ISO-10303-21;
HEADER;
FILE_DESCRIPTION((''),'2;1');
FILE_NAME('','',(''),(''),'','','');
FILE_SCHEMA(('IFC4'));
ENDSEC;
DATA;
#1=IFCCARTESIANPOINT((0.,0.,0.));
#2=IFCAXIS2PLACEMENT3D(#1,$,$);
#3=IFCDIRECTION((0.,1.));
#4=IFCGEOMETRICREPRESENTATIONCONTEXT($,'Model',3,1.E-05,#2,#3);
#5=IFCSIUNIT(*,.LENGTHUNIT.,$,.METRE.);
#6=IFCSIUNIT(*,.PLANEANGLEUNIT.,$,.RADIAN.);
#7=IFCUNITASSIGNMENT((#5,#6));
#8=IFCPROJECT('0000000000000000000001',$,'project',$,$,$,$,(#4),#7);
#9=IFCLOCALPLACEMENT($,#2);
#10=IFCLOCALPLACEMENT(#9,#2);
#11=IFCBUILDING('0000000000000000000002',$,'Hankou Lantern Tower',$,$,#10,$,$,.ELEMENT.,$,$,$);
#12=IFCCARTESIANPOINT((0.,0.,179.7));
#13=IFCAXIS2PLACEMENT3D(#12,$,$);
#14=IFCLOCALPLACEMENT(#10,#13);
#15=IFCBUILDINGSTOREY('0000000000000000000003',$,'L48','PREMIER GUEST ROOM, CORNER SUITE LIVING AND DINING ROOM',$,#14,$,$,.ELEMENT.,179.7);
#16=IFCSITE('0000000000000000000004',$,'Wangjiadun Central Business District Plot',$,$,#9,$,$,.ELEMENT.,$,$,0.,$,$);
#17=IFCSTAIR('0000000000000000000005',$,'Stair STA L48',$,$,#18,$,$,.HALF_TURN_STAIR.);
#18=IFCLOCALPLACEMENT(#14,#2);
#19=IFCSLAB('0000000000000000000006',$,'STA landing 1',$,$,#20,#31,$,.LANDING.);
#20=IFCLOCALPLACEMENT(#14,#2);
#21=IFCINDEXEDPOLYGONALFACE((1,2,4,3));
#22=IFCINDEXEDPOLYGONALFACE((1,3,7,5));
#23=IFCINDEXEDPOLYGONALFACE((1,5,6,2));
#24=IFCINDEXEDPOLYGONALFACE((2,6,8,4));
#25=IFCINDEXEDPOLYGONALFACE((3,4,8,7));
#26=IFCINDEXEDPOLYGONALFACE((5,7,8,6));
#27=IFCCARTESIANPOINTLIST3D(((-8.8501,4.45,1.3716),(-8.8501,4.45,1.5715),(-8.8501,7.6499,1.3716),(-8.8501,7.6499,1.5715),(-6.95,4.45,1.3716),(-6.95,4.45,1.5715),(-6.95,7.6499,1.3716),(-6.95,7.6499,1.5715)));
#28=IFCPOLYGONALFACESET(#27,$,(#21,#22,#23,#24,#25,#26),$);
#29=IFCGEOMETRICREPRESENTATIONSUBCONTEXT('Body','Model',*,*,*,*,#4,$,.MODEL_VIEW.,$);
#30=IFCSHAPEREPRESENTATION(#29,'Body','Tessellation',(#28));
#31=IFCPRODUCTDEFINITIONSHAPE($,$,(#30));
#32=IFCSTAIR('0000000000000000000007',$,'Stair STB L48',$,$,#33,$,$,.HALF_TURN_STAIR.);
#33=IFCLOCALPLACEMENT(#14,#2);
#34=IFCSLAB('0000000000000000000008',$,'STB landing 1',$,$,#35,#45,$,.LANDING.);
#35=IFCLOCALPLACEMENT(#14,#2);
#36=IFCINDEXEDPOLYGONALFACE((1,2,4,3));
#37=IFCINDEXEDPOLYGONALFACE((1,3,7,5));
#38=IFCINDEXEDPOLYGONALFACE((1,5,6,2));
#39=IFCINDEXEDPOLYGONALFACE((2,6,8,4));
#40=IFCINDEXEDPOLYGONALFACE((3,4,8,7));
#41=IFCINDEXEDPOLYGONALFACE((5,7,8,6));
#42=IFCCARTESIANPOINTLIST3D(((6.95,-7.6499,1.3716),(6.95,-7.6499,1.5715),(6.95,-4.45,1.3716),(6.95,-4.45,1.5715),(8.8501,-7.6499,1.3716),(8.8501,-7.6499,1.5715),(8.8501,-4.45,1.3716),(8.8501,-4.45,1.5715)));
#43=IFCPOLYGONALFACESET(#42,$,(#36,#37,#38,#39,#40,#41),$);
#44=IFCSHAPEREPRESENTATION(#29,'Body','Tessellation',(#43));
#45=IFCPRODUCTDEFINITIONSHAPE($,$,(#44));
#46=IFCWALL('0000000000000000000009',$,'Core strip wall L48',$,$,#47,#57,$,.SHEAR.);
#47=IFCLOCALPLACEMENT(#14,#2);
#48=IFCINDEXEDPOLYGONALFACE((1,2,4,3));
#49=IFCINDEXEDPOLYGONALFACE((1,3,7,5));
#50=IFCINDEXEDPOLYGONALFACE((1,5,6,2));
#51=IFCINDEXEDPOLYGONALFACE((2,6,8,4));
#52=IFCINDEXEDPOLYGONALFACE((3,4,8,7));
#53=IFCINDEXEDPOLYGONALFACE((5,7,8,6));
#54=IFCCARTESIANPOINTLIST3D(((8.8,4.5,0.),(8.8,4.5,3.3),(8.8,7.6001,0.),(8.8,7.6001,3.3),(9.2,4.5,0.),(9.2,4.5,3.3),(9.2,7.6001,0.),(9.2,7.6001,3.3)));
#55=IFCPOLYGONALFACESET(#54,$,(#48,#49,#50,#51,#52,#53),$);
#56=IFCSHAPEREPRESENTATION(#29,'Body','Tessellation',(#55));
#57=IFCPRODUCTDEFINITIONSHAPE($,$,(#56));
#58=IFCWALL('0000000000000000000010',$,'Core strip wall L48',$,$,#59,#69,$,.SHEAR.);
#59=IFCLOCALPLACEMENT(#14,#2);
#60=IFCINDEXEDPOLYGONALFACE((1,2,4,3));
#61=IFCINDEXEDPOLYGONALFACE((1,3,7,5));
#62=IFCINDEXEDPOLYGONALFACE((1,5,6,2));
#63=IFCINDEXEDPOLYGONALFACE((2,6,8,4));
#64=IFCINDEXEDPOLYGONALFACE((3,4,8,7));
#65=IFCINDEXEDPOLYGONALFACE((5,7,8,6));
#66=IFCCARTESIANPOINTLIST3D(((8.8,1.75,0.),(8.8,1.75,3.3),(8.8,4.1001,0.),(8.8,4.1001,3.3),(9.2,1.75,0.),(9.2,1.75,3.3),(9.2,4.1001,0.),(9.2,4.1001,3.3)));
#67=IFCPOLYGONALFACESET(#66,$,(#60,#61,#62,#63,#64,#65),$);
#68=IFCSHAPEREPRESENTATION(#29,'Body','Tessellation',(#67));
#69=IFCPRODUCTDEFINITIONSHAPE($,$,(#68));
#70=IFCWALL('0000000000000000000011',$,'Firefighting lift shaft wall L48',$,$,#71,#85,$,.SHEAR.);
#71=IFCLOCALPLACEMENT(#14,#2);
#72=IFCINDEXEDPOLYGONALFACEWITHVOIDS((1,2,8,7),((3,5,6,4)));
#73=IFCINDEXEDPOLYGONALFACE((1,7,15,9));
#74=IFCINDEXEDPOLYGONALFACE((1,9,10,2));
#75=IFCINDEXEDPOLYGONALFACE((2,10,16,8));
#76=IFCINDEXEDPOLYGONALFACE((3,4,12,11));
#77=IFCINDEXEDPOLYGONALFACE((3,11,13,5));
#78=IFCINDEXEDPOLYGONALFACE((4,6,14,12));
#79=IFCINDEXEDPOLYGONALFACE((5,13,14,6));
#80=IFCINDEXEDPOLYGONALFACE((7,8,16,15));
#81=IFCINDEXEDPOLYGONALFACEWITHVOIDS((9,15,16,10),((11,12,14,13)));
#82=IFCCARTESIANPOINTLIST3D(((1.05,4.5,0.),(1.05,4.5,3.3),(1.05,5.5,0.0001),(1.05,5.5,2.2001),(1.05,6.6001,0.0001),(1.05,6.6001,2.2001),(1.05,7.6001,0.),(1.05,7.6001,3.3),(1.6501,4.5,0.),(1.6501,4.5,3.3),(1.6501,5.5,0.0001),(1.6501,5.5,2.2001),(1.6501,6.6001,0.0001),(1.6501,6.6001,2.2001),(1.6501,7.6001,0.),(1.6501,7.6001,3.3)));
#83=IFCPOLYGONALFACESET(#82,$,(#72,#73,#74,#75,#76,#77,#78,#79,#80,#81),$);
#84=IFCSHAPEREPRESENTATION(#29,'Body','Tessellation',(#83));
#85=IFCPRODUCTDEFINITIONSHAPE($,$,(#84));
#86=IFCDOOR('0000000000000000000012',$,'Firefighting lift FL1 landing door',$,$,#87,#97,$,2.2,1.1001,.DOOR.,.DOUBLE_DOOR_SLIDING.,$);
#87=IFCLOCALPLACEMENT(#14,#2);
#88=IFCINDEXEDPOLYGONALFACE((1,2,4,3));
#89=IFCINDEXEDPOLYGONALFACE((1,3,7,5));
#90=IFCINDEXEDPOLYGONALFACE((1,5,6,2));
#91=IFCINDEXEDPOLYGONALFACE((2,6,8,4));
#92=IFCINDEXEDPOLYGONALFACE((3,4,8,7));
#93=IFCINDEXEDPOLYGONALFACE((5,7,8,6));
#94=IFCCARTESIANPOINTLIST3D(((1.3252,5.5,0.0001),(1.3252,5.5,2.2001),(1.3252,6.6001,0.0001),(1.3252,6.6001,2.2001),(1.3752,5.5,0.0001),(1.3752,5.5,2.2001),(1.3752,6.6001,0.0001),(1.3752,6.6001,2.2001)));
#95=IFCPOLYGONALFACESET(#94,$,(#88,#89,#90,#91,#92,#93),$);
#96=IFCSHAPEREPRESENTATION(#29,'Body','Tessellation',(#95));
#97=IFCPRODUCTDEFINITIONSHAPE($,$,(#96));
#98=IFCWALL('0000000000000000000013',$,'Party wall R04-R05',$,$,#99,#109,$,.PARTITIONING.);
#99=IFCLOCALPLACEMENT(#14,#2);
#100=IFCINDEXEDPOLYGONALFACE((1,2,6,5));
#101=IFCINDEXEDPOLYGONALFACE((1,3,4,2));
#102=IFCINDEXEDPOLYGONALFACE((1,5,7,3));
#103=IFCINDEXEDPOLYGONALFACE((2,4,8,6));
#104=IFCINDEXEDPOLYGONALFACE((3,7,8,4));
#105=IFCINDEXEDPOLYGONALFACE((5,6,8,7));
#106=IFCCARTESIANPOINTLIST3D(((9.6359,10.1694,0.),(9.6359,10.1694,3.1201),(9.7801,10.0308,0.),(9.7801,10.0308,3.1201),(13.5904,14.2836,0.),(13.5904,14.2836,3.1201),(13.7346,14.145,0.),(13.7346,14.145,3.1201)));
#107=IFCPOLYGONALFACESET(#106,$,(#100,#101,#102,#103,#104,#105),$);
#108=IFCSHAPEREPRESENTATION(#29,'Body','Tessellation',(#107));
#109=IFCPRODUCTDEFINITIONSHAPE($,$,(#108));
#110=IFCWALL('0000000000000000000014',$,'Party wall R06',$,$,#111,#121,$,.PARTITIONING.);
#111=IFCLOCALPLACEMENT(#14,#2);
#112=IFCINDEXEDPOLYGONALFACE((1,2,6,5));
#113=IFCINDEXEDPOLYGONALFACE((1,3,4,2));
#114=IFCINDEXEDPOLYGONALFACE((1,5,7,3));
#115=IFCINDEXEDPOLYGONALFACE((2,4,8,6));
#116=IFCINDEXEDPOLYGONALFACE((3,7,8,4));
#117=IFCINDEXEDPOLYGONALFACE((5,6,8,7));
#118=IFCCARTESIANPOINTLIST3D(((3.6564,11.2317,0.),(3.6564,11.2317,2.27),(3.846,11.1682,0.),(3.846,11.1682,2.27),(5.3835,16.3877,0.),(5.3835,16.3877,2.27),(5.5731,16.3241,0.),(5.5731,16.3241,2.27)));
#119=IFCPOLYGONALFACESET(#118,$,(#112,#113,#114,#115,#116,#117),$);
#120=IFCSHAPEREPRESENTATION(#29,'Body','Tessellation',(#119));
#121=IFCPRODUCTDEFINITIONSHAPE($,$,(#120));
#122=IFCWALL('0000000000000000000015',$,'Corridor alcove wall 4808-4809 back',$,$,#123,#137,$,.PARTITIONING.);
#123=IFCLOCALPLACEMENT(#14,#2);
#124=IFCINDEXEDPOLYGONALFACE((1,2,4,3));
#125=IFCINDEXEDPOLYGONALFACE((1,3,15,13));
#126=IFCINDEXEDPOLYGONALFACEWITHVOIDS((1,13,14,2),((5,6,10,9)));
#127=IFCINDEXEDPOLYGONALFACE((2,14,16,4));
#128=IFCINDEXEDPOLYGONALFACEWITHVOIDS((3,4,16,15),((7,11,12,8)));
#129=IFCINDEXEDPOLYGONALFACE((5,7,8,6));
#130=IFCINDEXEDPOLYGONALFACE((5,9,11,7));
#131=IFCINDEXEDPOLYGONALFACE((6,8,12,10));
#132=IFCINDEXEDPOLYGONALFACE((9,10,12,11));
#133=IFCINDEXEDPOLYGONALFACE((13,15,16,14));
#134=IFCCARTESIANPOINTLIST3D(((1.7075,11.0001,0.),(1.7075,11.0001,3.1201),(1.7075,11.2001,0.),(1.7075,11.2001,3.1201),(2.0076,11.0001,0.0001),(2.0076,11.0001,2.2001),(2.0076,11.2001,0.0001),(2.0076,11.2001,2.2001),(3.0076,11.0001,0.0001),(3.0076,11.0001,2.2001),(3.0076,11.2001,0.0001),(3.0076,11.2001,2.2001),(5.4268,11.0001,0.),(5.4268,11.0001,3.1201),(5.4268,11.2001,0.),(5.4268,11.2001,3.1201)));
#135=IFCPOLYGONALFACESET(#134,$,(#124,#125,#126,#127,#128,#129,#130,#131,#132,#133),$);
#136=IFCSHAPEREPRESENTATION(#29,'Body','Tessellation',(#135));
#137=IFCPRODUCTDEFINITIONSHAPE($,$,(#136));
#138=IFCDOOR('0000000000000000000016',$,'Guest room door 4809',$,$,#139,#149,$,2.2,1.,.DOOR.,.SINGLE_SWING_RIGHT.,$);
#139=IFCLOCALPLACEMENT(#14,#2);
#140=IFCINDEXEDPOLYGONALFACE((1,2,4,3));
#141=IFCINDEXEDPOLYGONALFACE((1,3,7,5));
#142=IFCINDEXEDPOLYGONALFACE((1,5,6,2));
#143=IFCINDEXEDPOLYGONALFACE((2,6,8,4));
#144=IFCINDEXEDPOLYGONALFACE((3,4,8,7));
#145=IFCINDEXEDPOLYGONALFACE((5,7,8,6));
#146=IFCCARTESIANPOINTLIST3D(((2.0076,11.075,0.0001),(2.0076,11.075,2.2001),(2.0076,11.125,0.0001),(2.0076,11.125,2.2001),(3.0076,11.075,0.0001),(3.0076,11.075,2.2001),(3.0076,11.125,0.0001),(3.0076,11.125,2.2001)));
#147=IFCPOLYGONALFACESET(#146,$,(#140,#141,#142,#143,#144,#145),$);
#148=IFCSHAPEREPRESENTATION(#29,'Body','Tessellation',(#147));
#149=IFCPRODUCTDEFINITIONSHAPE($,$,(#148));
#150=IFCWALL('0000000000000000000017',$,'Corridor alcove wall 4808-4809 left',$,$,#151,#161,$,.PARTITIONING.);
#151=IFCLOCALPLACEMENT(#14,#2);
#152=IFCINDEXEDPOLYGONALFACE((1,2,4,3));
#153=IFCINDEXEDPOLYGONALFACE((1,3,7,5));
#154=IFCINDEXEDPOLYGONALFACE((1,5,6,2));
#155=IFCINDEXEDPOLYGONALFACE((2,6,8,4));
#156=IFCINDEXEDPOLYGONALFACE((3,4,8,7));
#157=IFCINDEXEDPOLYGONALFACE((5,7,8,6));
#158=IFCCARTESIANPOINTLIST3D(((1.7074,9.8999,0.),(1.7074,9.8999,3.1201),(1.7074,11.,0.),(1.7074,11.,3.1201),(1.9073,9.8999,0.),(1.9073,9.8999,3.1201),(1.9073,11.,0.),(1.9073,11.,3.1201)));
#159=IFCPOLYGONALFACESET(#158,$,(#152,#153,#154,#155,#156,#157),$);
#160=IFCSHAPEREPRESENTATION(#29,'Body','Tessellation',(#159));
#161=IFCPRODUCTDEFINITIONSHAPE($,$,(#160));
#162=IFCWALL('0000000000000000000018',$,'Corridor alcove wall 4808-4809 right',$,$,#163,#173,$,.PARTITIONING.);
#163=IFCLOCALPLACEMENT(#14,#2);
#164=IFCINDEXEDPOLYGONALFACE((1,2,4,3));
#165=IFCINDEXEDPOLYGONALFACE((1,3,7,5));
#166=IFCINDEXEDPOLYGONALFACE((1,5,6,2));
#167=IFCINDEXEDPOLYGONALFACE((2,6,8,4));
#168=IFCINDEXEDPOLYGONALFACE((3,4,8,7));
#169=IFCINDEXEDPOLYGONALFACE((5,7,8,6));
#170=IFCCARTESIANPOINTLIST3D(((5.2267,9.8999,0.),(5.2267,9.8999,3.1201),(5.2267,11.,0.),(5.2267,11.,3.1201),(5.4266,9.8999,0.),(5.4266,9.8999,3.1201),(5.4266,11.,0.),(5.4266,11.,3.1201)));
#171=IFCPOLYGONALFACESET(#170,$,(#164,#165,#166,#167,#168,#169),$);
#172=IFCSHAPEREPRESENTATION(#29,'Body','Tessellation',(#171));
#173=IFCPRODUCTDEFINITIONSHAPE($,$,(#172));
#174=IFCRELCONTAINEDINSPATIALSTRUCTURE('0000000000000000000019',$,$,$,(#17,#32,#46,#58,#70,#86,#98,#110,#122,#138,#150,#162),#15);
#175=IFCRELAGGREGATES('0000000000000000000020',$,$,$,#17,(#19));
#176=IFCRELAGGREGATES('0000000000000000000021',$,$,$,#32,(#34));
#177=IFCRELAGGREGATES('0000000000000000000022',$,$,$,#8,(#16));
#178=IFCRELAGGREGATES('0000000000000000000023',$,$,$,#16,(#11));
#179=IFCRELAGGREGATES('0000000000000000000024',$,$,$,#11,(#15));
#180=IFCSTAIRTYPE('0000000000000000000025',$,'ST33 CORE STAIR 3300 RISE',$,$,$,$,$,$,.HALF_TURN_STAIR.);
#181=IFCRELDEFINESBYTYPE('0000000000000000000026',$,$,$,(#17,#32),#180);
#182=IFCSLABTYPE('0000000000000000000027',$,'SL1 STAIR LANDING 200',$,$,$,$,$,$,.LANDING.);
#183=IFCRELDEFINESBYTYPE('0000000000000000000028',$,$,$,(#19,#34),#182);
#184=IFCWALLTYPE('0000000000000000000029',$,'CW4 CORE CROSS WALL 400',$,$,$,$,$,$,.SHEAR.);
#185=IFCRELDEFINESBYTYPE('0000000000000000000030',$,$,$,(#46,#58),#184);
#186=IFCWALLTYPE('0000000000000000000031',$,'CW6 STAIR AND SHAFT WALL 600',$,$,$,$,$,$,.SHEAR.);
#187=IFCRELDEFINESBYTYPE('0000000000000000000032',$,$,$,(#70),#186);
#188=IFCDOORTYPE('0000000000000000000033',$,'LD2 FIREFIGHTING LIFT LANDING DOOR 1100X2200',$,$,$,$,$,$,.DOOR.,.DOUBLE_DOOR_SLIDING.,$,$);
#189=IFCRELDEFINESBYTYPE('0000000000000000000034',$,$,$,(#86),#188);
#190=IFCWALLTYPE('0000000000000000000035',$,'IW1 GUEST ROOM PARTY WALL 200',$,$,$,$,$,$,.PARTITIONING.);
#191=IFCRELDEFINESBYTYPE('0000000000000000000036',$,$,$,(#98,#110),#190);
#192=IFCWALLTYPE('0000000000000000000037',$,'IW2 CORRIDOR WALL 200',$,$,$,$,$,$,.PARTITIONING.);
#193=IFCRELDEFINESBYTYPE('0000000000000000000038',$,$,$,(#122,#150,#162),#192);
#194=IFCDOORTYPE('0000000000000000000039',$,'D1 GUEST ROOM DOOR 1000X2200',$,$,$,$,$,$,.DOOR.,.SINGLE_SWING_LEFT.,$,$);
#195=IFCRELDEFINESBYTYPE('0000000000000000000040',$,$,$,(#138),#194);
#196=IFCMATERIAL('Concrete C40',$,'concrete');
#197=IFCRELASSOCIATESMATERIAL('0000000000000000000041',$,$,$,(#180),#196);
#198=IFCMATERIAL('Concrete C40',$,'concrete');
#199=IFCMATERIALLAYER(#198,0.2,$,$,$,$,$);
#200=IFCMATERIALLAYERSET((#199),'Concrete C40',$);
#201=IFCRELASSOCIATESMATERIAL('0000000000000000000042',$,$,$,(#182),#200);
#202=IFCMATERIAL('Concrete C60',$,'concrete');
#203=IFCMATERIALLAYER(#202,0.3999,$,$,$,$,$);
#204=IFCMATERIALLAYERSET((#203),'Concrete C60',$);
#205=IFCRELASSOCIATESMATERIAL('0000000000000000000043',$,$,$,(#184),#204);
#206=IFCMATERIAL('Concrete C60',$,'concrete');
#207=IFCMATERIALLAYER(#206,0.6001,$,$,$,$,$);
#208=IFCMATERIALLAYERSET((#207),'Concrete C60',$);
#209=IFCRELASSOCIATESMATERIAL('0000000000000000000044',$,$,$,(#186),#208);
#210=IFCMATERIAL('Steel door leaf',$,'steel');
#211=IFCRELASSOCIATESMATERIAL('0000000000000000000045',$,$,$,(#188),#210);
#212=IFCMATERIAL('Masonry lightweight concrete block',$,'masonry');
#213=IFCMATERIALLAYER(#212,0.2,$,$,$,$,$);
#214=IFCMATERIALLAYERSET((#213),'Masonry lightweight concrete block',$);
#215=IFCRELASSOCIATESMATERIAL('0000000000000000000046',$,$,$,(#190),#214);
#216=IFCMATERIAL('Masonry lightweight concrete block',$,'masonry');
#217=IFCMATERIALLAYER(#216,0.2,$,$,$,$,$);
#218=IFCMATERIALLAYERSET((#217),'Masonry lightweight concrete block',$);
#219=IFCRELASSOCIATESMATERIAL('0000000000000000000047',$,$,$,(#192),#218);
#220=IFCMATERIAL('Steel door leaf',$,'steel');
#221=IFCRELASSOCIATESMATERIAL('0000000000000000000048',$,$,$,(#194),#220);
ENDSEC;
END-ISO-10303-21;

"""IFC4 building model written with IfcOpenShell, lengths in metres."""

from ifc_helpers import new_model, si_unit, direction, frame, frame_2d, origin, place, context, subcontext, project, spatial, polyline, rectangle, outline, extrude, material, layer, layer_set, type_object, element, fill, aggregate, save


model = new_model("IFC4")

# Units and contexts
model_context = context("Model", 3, precision=1e-05, world=origin(), true_north=direction((0.0, 1.0)))
body_context = subcontext(model_context, "Body", "Model", "MODEL_VIEW")
ifc_project = project(units=[si_unit("LENGTHUNIT", "METRE"), si_unit("PLANEANGLEUNIT", "RADIAN")], contexts=[model_context])

# Site, building, storey
site_placement = place(None, origin())
site = spatial("IfcSite", under=ifc_project, at=site_placement, Name="Wangjiadun Central Business District Plot", CompositionType="ELEMENT", RefElevation=0.0)
building_placement = place(site_placement, origin())
building = spatial("IfcBuilding", under=site, at=building_placement, Name="Hankou Lantern Tower", CompositionType="ELEMENT")
storey_placement = place(building_placement, frame((0.0, 0.0, 179.7)))
storey = spatial("IfcBuildingStorey", under=building, at=storey_placement, Name="L48", Description="PREMIER GUEST ROOM, CORNER SUITE LIVING AND DINING ROOM", CompositionType="ELEMENT", Elevation=179.7)

# Stairs, slabs
ifc_material_1 = material(Name="Concrete C40", Category="concrete")
stair_type = type_object("IfcStairType", Name="ST33 CORE STAIR 3300 RISE", PredefinedType="HALF_TURN_STAIR", material=ifc_material_1)
stair_1_placement = place(storey_placement, origin())
stair_1 = element("IfcStair", 1, at=stair_1_placement, inside=storey, type_object=stair_type, Name="Stair STA L48", PredefinedType="HALF_TURN_STAIR")
ifc_material_2 = material(Name="Concrete C40", Category="concrete")
ifc_layer_1 = layer(ifc_material_2, 0.2)
ifc_layer_set_1 = layer_set([ifc_layer_1], Name="Concrete C40")
slab_type = type_object("IfcSlabType", Name="SL1 STAIR LANDING 200", PredefinedType="LANDING", material=ifc_layer_set_1)
slab_1_placement = place(storey_placement, frame((0.0, 0.0, 1.3716)))
slab_1 = element("IfcSlab", 2, at=slab_1_placement, type_object=slab_type, Name="STA landing 1", PredefinedType="LANDING", context=body_context, shape_type="SweptSolid", body=[
    extrude(outline(polyline([(-8.8501, 4.45), (-6.95, 4.45), (-6.95, 7.6499), (-8.8501, 7.6499), (-8.8501, 4.45)])), origin(), (0.0, 0.0, 1.0), 0.2),
])
aggregate(stair_1, [slab_1])
stair_2_placement = place(storey_placement, origin())
stair_2 = element("IfcStair", 3, at=stair_2_placement, inside=storey, type_object=stair_type, Name="Stair STB L48", PredefinedType="HALF_TURN_STAIR")
slab_2_placement = place(storey_placement, frame((0.0, 0.0, 1.3716)))
slab_2 = element("IfcSlab", 4, at=slab_2_placement, type_object=slab_type, Name="STB landing 1", PredefinedType="LANDING", context=body_context, shape_type="SweptSolid", body=[
    extrude(outline(polyline([(8.8501, -4.45), (6.95, -4.45), (6.95, -7.6499), (8.8501, -7.6499), (8.8501, -4.45)])), origin(), (0.0, 0.0, 1.0), 0.2),
])
aggregate(stair_2, [slab_2])

# Walls
ifc_material_3 = material(Name="Concrete C60", Category="concrete")
ifc_layer_2 = layer(ifc_material_3, 0.3999)
ifc_layer_set_2 = layer_set([ifc_layer_2], Name="Concrete C60")
wall_type_1 = type_object("IfcWallType", Name="CW4 CORE CROSS WALL 400", PredefinedType="SHEAR", material=ifc_layer_set_2)
wall_1_placement = place(storey_placement, frame((9.0, 4.5, 0.0), z_axis=(0.0, 0.0, 1.0), x_axis=(0.0, 1.0, 0.0)))
element("IfcWall", 5, at=wall_1_placement, inside=storey, type_object=wall_type_1, Name="Core strip wall L48", PredefinedType="SHEAR", context=body_context, shape_type="SweptSolid", body=[
    extrude(rectangle(XDim=3.1001, YDim=0.3999, at=frame_2d((1.55, 0.0))), origin(), (0.0, 0.0, 1.0), 3.3),
])
wall_2_placement = place(storey_placement, frame((9.0, 1.75, 0.0), z_axis=(0.0, 0.0, 1.0), x_axis=(0.0, 1.0, 0.0)))
element("IfcWall", 6, at=wall_2_placement, inside=storey, type_object=wall_type_1, Name="Core strip wall L48", PredefinedType="SHEAR", context=body_context, shape_type="SweptSolid", body=[
    extrude(rectangle(XDim=2.3501, YDim=0.3999, at=frame_2d((1.175, 0.0))), origin(), (0.0, 0.0, 1.0), 3.3),
])

# Wall, opening, door
ifc_material_4 = material(Name="Concrete C60", Category="concrete")
ifc_layer_3 = layer(ifc_material_4, 0.6001)
ifc_layer_set_3 = layer_set([ifc_layer_3], Name="Concrete C60")
wall_type_2 = type_object("IfcWallType", Name="CW6 STAIR AND SHAFT WALL 600", PredefinedType="SHEAR", material=ifc_layer_set_3)
wall_3_placement = place(storey_placement, frame((1.3501, 4.5, 0.0), z_axis=(0.0, 0.0, 1.0), x_axis=(0.0, 1.0, 0.0)))
wall_3 = element("IfcWall", 7, at=wall_3_placement, inside=storey, type_object=wall_type_2, Name="Firefighting lift shaft wall L48", PredefinedType="SHEAR", context=body_context, shape_type="SweptSolid", body=[
    extrude(rectangle(XDim=3.1001, YDim=0.6001, at=frame_2d((1.55, 0.0))), origin(), (0.0, 0.0, 1.0), 3.3),
])
opening_1_placement = place(wall_3_placement, frame((1.0, 0.0, 0.0)))
opening_1 = element("IfcOpeningElement", 8, at=opening_1_placement, cuts=wall_3, PredefinedType="OPENING", context=body_context, shape_type="SweptSolid", body=[
    extrude(rectangle(XDim=1.1001, YDim=2.2, at=frame_2d((0.55, 1.1001))), frame((0.0, 0.3101, 0.0), z_axis=(0.0, -1.0, 0.0), x_axis=(1.0, 0.0, 0.0)), (0.0, 0.0, 1.0), 0.6201),
])
ifc_material_5 = material(Name="Steel door leaf", Category="steel")
door_type_1 = type_object("IfcDoorType", Name="LD2 FIREFIGHTING LIFT LANDING DOOR 1100X2200", OperationType="DOUBLE_DOOR_SLIDING", PredefinedType="DOOR", material=ifc_material_5)
door_1_placement = place(opening_1_placement, origin())
door_1 = element("IfcDoor", 9, at=door_1_placement, inside=storey, type_object=door_type_1, Name="Firefighting lift FL1 landing door", OperationType="DOUBLE_DOOR_SLIDING", OverallHeight=2.2, OverallWidth=1.1001, PredefinedType="DOOR", context=body_context, shape_type="SweptSolid", body=[
    extrude(rectangle(XDim=1.1001, YDim=2.2, at=frame_2d((0.55, 1.1001))), frame((0.0, 0.0249, 0.0), z_axis=(0.0, -1.0, 0.0), x_axis=(1.0, 0.0, 0.0)), (0.0, 0.0, 1.0), 0.05),
])
fill(opening_1, door_1)

# Walls
ifc_material_6 = material(Name="Masonry lightweight concrete block", Category="masonry")
ifc_layer_4 = layer(ifc_material_6, 0.2)
ifc_layer_set_4 = layer_set([ifc_layer_4], Name="Masonry lightweight concrete block")
wall_type_3 = type_object("IfcWallType", Name="IW1 GUEST ROOM PARTY WALL 200", PredefinedType="PARTITIONING", material=ifc_layer_set_4)
wall_4_placement = place(storey_placement, frame((9.708, 10.1001, 0.0), z_axis=(0.0, 0.0, 1.0), x_axis=(0.692979, 0.720958, 0.0)))
element("IfcWall", 10, at=wall_4_placement, inside=storey, type_object=wall_type_3, Name="Party wall R04-R05", PredefinedType="PARTITIONING", context=body_context, shape_type="SweptSolid", body=[
    extrude(rectangle(XDim=5.7065, YDim=0.2, at=frame_2d((2.8533, 0.0))), origin(), (0.0, 0.0, 1.0), 3.1201),
])
wall_5_placement = place(storey_placement, frame((3.7512, 11.2, 0.0), z_axis=(0.0, 0.0, 1.0), x_axis=(0.317615, 0.94822, 0.0)))
element("IfcWall", 11, at=wall_5_placement, inside=storey, type_object=wall_type_3, Name="Party wall R06", PredefinedType="PARTITIONING", context=body_context, shape_type="SweptSolid", body=[
    extrude(rectangle(XDim=5.4375, YDim=0.2, at=frame_2d((2.7188, 0.0))), origin(), (0.0, 0.0, 1.0), 2.27),
])

# Wall, opening, door
ifc_material_7 = material(Name="Masonry lightweight concrete block", Category="masonry")
ifc_layer_5 = layer(ifc_material_7, 0.2)
ifc_layer_set_5 = layer_set([ifc_layer_5], Name="Masonry lightweight concrete block")
wall_type_4 = type_object("IfcWallType", Name="IW2 CORRIDOR WALL 200", PredefinedType="PARTITIONING", material=ifc_layer_set_5)
wall_6_placement = place(storey_placement, frame((1.7075, 11.1001, 0.0), z_axis=(0.0, 0.0, 1.0), x_axis=(1.0, 0.0, 0.0)))
wall_6 = element("IfcWall", 12, at=wall_6_placement, inside=storey, type_object=wall_type_4, Name="Corridor alcove wall 4808-4809 back", PredefinedType="PARTITIONING", context=body_context, shape_type="SweptSolid", body=[
    extrude(rectangle(XDim=3.7192, YDim=0.2, at=frame_2d((1.8596, 0.0))), origin(), (0.0, 0.0, 1.0), 3.1201),
])
opening_2_placement = place(wall_6_placement, frame((0.3, 0.0, 0.0)))
opening_2 = element("IfcOpeningElement", 13, at=opening_2_placement, cuts=wall_6, PredefinedType="OPENING", context=body_context, shape_type="SweptSolid", body=[
    extrude(rectangle(XDim=1.0, YDim=2.2, at=frame_2d((0.5, 1.1001))), frame((0.0, 0.1099, 0.0), z_axis=(0.0, -1.0, 0.0), x_axis=(1.0, 0.0, 0.0)), (0.0, 0.0, 1.0), 0.22),
])
ifc_material_8 = material(Name="Steel door leaf", Category="steel")
door_type_2 = type_object("IfcDoorType", Name="D1 GUEST ROOM DOOR 1000X2200", OperationType="SINGLE_SWING_LEFT", PredefinedType="DOOR", material=ifc_material_8)
door_2_placement = place(opening_2_placement, origin())
door_2 = element("IfcDoor", 14, at=door_2_placement, inside=storey, type_object=door_type_2, Name="Guest room door 4809", OperationType="SINGLE_SWING_RIGHT", OverallHeight=2.2, OverallWidth=1.0, PredefinedType="DOOR", context=body_context, shape_type="SweptSolid", body=[
    extrude(rectangle(XDim=1.0, YDim=2.2, at=frame_2d((0.5, 1.1001))), frame((0.0, 0.0249, 0.0), z_axis=(0.0, -1.0, 0.0), x_axis=(1.0, 0.0, 0.0)), (0.0, 0.0, 1.0), 0.05),
])
fill(opening_2, door_2)

# Walls
for number, where, z_axis, x_axis, name in (
    (15, (1.8074, 9.8999, 0.0), (0.0, 0.0, 1.0), (0.0, 1.0, 0.0), "Corridor alcove wall 4808-4809 left"),
    (16, (5.3267, 9.8999, 0.0), (0.0, 0.0, 1.0), (0.0, 1.0, 0.0), "Corridor alcove wall 4808-4809 right"),
):
    element("IfcWall", number, at=place(storey_placement, frame(where, z_axis=z_axis, x_axis=x_axis)), inside=storey, type_object=wall_type_4, Name=name, PredefinedType="PARTITIONING", context=body_context, shape_type="SweptSolid", body=[
        extrude(rectangle(XDim=1.1001, YDim=0.2, at=frame_2d((0.55, 0.0))), origin(), (0.0, 0.0, 1.0), 3.1201),
    ])

save(model, "model.ifc")
